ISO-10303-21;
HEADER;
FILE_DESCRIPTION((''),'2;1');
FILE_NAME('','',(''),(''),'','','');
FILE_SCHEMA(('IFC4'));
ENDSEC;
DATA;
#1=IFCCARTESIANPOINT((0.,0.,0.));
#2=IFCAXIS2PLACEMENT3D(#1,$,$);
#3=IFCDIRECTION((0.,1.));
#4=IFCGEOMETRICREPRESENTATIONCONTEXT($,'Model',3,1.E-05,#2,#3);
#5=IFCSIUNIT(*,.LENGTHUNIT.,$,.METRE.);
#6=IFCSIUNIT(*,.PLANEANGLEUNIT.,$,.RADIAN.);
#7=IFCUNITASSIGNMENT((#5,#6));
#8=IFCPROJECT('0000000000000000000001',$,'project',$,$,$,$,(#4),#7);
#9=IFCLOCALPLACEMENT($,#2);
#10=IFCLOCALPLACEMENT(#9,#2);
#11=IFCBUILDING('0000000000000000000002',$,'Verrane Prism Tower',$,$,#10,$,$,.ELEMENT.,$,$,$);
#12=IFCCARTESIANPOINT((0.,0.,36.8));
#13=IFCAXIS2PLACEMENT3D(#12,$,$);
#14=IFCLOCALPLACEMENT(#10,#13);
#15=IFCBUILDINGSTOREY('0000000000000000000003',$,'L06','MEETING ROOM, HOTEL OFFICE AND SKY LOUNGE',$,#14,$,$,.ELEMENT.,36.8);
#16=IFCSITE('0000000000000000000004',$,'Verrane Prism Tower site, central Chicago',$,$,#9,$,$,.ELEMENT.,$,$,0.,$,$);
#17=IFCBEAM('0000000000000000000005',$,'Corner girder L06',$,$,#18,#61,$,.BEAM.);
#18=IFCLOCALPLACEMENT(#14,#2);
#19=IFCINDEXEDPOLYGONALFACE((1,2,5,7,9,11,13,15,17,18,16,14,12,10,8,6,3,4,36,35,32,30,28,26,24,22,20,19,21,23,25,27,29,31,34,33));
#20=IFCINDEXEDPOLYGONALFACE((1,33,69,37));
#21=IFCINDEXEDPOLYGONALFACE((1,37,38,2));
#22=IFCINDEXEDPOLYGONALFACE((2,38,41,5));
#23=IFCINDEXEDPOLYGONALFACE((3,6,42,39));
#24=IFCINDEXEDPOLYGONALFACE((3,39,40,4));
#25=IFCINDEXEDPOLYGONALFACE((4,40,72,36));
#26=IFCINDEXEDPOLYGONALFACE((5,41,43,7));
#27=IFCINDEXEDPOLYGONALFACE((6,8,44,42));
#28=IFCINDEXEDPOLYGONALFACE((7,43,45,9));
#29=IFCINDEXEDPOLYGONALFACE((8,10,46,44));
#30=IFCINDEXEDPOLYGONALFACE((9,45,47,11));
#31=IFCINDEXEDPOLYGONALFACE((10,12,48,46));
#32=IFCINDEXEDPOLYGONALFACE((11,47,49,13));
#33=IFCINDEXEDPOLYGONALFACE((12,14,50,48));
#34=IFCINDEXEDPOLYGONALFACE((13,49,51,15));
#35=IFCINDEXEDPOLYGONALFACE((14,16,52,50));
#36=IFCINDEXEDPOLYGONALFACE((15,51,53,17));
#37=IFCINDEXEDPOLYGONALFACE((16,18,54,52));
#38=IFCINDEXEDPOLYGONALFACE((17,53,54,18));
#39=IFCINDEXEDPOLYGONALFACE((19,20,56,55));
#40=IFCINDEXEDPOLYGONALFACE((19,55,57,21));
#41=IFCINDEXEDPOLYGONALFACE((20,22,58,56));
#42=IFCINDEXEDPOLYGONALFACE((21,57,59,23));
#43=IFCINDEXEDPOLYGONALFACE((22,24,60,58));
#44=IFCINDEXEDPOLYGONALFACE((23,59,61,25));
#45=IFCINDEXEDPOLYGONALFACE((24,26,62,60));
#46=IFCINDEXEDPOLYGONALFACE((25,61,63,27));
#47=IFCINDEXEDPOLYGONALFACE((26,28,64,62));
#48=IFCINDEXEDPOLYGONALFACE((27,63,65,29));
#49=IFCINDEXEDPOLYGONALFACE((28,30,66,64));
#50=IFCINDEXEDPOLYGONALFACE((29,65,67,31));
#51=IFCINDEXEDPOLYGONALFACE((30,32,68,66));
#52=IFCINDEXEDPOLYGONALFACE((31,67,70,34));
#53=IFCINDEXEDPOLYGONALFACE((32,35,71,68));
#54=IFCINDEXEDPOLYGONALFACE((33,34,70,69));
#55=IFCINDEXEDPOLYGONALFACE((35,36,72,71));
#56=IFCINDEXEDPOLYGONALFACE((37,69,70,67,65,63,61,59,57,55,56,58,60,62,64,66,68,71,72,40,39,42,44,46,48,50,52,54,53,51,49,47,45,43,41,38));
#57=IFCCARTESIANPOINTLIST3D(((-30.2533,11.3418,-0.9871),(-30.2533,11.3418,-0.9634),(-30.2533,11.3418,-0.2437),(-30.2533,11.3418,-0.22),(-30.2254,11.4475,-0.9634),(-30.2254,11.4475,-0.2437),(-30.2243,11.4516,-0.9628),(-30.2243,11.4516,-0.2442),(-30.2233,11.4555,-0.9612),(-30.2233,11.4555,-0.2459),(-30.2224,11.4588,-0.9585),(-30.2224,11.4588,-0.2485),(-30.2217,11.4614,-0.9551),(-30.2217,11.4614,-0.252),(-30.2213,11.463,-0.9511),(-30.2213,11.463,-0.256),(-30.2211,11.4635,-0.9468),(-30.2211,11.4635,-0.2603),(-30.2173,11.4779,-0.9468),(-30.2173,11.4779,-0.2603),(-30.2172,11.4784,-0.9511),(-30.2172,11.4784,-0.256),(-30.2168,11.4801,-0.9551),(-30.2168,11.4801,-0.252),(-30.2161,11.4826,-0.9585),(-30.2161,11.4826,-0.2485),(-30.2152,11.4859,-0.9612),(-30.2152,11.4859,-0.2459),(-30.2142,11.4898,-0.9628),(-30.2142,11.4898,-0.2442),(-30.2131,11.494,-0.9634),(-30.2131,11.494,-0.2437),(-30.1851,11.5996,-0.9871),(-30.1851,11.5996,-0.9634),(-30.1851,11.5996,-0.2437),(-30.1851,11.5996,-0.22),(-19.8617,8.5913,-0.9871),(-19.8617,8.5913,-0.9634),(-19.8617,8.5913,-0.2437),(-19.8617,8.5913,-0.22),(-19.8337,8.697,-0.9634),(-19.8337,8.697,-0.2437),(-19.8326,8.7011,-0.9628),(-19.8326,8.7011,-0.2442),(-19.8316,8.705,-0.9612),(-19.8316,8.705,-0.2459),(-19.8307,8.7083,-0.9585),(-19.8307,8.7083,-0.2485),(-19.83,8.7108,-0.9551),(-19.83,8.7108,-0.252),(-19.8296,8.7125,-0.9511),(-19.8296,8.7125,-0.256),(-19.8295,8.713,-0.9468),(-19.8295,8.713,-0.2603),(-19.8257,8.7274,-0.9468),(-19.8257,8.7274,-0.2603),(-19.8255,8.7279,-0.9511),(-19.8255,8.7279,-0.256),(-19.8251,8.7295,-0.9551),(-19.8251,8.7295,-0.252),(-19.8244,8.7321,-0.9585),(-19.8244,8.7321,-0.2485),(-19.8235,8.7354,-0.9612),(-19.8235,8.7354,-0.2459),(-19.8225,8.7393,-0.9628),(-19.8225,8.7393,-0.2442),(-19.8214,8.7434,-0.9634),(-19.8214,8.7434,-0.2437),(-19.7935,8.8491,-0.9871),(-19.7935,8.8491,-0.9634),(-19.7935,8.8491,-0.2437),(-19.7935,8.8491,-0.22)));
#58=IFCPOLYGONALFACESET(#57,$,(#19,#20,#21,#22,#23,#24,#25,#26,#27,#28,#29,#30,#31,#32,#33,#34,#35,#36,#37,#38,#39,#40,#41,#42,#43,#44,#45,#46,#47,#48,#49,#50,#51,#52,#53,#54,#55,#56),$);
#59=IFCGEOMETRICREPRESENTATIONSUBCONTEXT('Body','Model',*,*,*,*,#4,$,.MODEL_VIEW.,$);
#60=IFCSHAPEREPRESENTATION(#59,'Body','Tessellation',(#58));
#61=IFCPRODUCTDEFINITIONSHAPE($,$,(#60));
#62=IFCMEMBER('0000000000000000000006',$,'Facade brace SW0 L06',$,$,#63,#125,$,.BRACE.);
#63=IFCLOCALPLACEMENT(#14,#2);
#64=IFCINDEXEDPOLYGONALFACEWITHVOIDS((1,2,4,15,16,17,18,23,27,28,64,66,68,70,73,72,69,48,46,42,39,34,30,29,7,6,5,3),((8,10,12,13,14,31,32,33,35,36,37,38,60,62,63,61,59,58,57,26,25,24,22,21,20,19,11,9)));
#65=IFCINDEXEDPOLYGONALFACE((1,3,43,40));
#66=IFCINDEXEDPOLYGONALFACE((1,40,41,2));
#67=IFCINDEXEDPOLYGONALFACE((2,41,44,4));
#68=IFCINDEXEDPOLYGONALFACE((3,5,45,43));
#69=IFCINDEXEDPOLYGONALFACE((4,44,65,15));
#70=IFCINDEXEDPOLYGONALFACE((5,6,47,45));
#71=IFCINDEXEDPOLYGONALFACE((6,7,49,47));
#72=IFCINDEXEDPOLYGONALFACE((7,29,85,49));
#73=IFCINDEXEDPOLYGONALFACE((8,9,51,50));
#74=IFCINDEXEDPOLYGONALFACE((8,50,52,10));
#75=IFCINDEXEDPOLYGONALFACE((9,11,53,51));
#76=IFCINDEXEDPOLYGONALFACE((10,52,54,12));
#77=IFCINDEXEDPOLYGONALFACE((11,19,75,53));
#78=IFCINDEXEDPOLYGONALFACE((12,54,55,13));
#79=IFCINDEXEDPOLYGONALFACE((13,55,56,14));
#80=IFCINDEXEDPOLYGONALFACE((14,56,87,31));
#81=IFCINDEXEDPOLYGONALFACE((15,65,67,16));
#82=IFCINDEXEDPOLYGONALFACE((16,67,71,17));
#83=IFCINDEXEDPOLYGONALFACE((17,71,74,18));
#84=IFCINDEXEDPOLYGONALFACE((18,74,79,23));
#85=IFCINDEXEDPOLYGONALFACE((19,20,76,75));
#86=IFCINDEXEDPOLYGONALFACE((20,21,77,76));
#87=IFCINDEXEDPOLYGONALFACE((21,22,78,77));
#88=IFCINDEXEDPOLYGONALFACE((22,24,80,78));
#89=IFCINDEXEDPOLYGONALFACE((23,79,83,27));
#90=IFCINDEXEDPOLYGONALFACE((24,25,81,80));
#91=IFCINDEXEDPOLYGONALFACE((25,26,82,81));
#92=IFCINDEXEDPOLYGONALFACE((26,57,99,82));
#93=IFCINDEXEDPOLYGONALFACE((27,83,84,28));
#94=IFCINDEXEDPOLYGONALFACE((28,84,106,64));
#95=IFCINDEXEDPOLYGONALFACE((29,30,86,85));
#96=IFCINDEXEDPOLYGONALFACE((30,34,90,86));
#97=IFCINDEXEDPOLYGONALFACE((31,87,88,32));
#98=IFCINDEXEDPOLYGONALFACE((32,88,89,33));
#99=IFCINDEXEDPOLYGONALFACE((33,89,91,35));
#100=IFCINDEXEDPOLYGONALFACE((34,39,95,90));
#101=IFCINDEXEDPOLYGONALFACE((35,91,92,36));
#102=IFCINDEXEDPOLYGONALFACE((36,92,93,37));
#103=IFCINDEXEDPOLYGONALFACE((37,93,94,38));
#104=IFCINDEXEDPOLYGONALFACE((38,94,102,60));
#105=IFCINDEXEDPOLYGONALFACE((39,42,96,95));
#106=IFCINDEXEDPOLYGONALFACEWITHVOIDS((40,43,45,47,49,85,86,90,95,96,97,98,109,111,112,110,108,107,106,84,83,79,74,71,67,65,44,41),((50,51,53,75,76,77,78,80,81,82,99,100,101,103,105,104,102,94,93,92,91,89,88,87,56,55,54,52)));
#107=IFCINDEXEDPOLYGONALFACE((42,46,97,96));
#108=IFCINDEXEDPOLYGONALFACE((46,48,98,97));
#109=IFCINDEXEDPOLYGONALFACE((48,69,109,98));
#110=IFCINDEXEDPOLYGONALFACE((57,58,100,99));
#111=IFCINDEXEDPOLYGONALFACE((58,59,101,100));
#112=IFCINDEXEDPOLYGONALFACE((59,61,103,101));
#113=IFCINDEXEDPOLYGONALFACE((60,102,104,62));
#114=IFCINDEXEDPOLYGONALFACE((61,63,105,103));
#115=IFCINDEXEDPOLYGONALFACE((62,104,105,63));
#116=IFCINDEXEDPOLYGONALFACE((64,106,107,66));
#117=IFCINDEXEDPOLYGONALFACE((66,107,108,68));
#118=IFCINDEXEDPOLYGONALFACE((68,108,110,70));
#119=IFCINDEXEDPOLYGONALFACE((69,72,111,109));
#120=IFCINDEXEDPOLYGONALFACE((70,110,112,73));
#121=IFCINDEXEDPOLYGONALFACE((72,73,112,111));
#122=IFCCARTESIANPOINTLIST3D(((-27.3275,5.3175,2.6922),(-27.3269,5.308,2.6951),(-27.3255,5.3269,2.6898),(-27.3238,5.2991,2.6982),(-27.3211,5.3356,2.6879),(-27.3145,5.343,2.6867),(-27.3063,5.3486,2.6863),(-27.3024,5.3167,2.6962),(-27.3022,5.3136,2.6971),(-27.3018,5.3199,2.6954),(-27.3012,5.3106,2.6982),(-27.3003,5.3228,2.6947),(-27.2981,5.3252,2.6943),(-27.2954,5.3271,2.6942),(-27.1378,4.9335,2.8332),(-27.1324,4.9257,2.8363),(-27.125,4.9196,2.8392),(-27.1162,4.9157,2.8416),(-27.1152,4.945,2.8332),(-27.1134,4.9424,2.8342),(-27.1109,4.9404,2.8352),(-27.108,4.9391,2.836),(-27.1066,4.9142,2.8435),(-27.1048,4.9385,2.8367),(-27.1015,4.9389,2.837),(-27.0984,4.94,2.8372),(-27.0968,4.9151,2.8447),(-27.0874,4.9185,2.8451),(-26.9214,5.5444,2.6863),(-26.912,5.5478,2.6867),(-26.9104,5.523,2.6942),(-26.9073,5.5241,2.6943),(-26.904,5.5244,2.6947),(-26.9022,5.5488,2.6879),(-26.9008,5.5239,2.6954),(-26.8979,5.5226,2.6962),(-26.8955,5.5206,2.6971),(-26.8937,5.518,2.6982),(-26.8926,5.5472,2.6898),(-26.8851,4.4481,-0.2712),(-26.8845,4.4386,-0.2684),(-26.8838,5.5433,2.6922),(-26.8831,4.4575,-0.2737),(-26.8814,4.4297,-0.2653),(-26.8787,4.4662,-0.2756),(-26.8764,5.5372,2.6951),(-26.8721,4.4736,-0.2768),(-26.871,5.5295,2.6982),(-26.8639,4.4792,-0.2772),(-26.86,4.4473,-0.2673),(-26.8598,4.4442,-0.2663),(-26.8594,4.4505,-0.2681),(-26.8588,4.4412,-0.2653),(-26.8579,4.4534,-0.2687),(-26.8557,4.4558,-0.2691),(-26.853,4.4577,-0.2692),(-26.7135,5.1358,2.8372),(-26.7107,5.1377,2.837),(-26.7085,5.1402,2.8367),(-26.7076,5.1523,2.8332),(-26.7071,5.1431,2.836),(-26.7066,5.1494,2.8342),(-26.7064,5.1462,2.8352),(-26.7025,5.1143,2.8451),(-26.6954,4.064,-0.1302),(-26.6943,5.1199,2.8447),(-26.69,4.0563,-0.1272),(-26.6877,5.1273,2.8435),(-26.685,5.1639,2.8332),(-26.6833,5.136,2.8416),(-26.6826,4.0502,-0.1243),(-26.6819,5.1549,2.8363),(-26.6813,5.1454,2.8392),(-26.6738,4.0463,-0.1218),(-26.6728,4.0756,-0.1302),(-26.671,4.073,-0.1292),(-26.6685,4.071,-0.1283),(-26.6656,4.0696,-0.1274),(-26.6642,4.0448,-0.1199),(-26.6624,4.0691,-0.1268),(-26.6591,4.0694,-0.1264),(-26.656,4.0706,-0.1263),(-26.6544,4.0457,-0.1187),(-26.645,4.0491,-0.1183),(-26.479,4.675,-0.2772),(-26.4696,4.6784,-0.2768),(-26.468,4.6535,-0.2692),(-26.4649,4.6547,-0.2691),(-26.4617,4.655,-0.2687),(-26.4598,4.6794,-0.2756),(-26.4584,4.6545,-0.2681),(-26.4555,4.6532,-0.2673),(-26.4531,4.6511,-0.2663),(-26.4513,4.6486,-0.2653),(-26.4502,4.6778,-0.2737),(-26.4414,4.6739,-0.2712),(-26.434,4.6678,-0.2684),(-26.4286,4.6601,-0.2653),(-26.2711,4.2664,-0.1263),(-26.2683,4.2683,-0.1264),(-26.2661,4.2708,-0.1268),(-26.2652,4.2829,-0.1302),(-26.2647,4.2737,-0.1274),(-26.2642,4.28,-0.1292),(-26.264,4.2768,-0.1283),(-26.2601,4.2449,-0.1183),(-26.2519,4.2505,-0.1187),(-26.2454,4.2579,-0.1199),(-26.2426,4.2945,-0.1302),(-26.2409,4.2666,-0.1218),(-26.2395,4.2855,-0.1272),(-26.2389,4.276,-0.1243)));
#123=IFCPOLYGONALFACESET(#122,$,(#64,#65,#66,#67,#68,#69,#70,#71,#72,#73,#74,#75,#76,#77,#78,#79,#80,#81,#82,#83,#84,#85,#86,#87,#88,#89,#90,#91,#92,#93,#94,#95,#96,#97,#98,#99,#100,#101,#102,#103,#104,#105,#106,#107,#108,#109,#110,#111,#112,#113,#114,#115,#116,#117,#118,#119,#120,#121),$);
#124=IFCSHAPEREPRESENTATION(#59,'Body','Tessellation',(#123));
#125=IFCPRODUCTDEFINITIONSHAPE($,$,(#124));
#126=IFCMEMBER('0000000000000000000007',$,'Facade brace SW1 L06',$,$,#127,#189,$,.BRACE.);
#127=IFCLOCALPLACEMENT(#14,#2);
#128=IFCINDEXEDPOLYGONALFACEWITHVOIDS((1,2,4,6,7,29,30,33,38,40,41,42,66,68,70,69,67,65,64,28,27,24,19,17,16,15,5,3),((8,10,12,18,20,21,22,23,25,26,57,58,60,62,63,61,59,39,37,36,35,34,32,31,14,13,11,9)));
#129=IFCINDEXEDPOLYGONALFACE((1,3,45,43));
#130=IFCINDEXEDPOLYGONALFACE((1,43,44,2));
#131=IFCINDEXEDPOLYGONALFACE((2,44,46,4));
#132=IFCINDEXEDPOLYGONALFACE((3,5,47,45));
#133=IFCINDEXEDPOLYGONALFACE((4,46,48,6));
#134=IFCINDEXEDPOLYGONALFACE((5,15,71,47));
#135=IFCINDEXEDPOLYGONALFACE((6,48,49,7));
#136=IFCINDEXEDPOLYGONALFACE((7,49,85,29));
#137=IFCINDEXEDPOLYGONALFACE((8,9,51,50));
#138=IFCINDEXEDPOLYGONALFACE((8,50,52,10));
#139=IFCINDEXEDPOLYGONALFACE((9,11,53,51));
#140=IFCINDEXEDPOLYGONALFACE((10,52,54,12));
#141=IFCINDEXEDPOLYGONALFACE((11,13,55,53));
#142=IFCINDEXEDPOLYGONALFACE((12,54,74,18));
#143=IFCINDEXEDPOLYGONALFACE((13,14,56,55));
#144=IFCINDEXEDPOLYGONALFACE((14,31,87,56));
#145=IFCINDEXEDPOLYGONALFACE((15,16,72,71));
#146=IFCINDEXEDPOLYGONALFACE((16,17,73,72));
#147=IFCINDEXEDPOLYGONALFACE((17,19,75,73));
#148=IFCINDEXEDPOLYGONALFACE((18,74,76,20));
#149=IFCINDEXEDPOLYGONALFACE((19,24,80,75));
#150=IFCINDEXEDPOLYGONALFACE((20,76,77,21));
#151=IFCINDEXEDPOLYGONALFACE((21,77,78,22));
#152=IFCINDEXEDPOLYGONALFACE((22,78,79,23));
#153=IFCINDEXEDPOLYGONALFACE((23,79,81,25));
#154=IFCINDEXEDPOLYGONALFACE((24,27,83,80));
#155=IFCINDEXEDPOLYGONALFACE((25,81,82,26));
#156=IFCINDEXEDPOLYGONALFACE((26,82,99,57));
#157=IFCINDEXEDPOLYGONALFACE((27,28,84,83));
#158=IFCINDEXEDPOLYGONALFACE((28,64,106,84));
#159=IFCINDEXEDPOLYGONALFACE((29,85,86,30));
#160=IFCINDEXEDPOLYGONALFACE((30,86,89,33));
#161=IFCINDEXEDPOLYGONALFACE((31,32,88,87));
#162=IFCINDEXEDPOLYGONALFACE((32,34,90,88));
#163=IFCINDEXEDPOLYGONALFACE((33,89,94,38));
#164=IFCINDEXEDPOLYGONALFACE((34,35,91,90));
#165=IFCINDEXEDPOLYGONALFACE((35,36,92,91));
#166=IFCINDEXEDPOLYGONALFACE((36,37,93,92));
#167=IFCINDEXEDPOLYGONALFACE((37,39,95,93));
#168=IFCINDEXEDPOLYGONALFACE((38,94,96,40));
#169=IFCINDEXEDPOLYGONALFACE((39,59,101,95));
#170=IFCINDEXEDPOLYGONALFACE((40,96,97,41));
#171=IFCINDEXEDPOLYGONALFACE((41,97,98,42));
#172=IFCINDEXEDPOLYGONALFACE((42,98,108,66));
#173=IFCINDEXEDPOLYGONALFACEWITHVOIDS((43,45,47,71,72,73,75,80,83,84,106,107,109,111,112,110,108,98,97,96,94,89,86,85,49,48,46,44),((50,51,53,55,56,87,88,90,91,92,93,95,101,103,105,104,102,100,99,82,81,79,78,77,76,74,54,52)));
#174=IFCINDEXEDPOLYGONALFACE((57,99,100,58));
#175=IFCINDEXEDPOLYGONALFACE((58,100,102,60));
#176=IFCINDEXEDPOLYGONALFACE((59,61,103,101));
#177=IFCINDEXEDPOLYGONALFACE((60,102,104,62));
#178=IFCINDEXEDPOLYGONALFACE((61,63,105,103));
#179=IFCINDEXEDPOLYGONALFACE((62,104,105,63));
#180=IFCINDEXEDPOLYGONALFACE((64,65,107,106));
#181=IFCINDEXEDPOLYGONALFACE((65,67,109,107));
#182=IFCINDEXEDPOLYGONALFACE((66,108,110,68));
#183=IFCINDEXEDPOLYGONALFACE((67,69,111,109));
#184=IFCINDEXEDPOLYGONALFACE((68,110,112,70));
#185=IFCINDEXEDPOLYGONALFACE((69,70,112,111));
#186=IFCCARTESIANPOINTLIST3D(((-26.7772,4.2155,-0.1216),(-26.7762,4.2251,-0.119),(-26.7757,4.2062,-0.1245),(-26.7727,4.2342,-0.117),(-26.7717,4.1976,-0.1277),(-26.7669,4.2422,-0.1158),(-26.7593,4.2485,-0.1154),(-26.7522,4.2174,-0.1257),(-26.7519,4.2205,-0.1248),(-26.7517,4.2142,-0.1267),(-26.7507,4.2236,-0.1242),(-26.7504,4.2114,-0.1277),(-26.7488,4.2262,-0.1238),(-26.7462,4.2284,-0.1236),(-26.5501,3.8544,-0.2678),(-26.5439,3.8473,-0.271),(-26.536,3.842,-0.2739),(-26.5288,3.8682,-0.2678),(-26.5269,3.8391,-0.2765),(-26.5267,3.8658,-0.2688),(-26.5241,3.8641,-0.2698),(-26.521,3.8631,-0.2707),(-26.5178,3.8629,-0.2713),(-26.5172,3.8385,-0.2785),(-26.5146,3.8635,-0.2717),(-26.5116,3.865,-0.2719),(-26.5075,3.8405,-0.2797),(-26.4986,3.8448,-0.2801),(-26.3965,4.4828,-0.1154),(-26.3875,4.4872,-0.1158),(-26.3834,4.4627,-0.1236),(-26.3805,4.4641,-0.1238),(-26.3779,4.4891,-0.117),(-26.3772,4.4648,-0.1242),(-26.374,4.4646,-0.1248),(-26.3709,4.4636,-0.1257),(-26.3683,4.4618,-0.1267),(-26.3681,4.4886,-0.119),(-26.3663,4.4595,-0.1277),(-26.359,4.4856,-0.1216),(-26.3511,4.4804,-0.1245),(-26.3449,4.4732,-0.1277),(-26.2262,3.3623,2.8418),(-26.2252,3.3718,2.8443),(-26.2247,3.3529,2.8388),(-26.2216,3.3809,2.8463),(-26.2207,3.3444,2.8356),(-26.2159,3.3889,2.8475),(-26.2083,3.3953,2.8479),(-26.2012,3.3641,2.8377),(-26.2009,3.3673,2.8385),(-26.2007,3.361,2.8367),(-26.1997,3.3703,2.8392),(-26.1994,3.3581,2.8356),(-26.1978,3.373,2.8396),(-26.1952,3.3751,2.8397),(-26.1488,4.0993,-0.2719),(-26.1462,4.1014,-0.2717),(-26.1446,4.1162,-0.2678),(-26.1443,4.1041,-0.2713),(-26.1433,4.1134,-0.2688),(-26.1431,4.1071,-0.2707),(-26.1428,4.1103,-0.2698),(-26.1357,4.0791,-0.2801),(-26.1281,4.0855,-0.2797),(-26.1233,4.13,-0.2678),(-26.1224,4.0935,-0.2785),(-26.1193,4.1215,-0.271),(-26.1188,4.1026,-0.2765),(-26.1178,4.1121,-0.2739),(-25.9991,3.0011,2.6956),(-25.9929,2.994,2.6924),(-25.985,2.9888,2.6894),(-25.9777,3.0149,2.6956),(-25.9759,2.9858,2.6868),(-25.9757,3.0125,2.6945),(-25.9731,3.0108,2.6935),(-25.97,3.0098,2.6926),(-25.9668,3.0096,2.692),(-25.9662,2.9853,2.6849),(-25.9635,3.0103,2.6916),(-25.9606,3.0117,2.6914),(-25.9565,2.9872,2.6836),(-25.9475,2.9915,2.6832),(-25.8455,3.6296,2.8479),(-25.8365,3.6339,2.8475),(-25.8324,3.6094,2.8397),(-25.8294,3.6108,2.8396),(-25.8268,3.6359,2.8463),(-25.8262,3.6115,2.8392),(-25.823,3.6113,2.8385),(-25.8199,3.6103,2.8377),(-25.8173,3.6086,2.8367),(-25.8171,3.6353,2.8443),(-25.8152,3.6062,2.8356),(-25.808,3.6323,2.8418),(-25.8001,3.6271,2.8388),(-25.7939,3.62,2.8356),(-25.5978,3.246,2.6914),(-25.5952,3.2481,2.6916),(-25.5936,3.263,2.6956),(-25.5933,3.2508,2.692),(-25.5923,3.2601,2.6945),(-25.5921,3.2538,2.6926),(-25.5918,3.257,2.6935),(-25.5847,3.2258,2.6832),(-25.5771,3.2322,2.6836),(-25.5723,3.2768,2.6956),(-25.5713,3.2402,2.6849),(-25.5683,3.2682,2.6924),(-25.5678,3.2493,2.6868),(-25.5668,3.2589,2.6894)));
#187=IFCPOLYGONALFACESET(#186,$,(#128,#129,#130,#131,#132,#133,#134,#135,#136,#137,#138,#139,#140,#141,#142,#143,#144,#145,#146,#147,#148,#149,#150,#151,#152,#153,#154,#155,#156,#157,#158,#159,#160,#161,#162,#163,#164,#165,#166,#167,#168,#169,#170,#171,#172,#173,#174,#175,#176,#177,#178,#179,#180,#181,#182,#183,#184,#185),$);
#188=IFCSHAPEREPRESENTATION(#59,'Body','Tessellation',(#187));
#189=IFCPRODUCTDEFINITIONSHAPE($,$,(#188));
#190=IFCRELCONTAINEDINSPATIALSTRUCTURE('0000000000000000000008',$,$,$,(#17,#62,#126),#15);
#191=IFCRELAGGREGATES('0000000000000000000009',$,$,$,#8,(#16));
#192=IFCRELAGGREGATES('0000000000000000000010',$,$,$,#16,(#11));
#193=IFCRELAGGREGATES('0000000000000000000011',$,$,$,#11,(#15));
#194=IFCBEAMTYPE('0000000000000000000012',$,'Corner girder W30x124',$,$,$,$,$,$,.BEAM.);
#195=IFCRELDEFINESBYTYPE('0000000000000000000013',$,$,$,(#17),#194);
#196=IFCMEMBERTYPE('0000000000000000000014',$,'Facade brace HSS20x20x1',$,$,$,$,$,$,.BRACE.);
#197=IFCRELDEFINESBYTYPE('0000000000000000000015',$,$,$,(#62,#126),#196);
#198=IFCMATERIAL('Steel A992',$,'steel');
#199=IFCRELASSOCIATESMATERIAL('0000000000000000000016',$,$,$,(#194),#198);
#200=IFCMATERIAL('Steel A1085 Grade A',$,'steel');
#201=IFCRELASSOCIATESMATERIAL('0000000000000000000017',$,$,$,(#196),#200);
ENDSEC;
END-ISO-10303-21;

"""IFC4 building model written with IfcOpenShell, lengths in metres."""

from ifc_helpers import new_model, si_unit, direction, frame, origin, origin_2d, place, context, subcontext, project, spatial, hollow_rectangle, i_section, extrude, material, material_profile, profile_set, type_object, element, save


model = new_model("IFC4")

# Units and contexts
model_context = context("Model", 3, precision=1e-05, world=origin(), true_north=direction((0.0, 1.0)))
body_context = subcontext(model_context, "Body", "Model", "MODEL_VIEW")
ifc_project = project(units=[si_unit("LENGTHUNIT", "METRE"), si_unit("PLANEANGLEUNIT", "RADIAN")], contexts=[model_context])

# Site, building, storey
site_placement = place(None, origin())
site = spatial("IfcSite", under=ifc_project, at=site_placement, Name="Verrane Prism Tower site, central Chicago", CompositionType="ELEMENT", RefElevation=0.0)
building_placement = place(site_placement, origin())
building = spatial("IfcBuilding", under=site, at=building_placement, Name="Verrane Prism Tower", CompositionType="ELEMENT")
storey_placement = place(building_placement, frame((0.0, 0.0, 36.8)))
storey = spatial("IfcBuildingStorey", under=building, at=storey_placement, Name="L06", Description="MEETING ROOM, HOTEL OFFICE AND SKY LOUNGE", CompositionType="ELEMENT", Elevation=36.8)

# Beam
ifc_material_1 = material(Name="Steel A992", Category="steel")
ifc_material_profile_1 = material_profile(ifc_material_1, i_section(OverallWidth=0.2666, OverallDepth=0.7671, WebThickness=0.0149, FlangeThickness=0.0237, FilletRadius=0.0166, at=origin_2d()), Name="W30x124")
ifc_profile_set_1 = profile_set([ifc_material_profile_1], Name="Steel A992")
beam_type_1 = type_object("IfcBeamType", Name="Corner girder W30x124", PredefinedType="BEAM", material=ifc_profile_set_1)
beam_1_placement = place(storey_placement, frame((-30.2192, 11.4707, -0.6035), z_axis=(0.966711, -0.255873, 0.0), x_axis=(0.255873, 0.966711, 0.0)))
element("IfcBeam", 1, at=beam_1_placement, inside=storey, type_object=beam_type_1, Name="Corner girder L06", PredefinedType="BEAM", context=body_context, shape_type="SweptSolid", body=[
    extrude(i_section(OverallWidth=0.2666, OverallDepth=0.7671, WebThickness=0.0149, FlangeThickness=0.0237, FilletRadius=0.0166, at=origin_2d()), origin(), (0.0, 0.0, 1.0), 10.7495),
])

# Members
ifc_material_2 = material(Name="Steel A1085 Grade A", Category="steel")
ifc_material_profile_2 = material_profile(ifc_material_2, hollow_rectangle(XDim=0.5081, YDim=0.5081, WallThickness=0.0254, InnerFilletRadius=0.0127, OuterFilletRadius=0.0381, at=origin_2d()), Name="HSS20x20x1")
ifc_profile_set_2 = profile_set([ifc_material_profile_2], Name="Steel A1085 Grade A")
member_type_1 = type_object("IfcMemberType", Name="Facade brace HSS20x20x1", PredefinedType="BRACE", material=ifc_profile_set_2)
member_1_placement = place(storey_placement, frame((-26.562, 4.3621, -0.1978), z_axis=(-0.141798, 0.278667, 0.949862), x_axis=(-0.891251, -0.45351, 0.0)))
element("IfcMember", 2, at=member_1_placement, inside=storey, type_object=member_type_1, Name="Facade brace SW0 L06", PredefinedType="BRACE", context=body_context, shape_type="SweptSolid", body=[
    extrude(hollow_rectangle(XDim=0.5081, YDim=0.5081, WallThickness=0.0254, InnerFilletRadius=0.0127, OuterFilletRadius=0.0381, at=origin_2d()), origin(), (0.0, 0.0, 1.0), 3.1199),
])
member_2_placement = place(storey_placement, frame((-26.4475, 4.1638, -0.1978), z_axis=(0.175899, -0.272383, 0.945974), x_axis=(0.84006, 0.542494, 0.0)))
element("IfcMember", 3, at=member_2_placement, inside=storey, type_object=member_type_1, Name="Facade brace SW1 L06", PredefinedType="BRACE", context=body_context, shape_type="SweptSolid", body=[
    extrude(hollow_rectangle(XDim=0.5081, YDim=0.5081, WallThickness=0.0254, InnerFilletRadius=0.0127, OuterFilletRadius=0.0381, at=origin_2d()), origin(), (0.0, 0.0, 1.0), 3.1326),
])

save(model, "model.ifc")
